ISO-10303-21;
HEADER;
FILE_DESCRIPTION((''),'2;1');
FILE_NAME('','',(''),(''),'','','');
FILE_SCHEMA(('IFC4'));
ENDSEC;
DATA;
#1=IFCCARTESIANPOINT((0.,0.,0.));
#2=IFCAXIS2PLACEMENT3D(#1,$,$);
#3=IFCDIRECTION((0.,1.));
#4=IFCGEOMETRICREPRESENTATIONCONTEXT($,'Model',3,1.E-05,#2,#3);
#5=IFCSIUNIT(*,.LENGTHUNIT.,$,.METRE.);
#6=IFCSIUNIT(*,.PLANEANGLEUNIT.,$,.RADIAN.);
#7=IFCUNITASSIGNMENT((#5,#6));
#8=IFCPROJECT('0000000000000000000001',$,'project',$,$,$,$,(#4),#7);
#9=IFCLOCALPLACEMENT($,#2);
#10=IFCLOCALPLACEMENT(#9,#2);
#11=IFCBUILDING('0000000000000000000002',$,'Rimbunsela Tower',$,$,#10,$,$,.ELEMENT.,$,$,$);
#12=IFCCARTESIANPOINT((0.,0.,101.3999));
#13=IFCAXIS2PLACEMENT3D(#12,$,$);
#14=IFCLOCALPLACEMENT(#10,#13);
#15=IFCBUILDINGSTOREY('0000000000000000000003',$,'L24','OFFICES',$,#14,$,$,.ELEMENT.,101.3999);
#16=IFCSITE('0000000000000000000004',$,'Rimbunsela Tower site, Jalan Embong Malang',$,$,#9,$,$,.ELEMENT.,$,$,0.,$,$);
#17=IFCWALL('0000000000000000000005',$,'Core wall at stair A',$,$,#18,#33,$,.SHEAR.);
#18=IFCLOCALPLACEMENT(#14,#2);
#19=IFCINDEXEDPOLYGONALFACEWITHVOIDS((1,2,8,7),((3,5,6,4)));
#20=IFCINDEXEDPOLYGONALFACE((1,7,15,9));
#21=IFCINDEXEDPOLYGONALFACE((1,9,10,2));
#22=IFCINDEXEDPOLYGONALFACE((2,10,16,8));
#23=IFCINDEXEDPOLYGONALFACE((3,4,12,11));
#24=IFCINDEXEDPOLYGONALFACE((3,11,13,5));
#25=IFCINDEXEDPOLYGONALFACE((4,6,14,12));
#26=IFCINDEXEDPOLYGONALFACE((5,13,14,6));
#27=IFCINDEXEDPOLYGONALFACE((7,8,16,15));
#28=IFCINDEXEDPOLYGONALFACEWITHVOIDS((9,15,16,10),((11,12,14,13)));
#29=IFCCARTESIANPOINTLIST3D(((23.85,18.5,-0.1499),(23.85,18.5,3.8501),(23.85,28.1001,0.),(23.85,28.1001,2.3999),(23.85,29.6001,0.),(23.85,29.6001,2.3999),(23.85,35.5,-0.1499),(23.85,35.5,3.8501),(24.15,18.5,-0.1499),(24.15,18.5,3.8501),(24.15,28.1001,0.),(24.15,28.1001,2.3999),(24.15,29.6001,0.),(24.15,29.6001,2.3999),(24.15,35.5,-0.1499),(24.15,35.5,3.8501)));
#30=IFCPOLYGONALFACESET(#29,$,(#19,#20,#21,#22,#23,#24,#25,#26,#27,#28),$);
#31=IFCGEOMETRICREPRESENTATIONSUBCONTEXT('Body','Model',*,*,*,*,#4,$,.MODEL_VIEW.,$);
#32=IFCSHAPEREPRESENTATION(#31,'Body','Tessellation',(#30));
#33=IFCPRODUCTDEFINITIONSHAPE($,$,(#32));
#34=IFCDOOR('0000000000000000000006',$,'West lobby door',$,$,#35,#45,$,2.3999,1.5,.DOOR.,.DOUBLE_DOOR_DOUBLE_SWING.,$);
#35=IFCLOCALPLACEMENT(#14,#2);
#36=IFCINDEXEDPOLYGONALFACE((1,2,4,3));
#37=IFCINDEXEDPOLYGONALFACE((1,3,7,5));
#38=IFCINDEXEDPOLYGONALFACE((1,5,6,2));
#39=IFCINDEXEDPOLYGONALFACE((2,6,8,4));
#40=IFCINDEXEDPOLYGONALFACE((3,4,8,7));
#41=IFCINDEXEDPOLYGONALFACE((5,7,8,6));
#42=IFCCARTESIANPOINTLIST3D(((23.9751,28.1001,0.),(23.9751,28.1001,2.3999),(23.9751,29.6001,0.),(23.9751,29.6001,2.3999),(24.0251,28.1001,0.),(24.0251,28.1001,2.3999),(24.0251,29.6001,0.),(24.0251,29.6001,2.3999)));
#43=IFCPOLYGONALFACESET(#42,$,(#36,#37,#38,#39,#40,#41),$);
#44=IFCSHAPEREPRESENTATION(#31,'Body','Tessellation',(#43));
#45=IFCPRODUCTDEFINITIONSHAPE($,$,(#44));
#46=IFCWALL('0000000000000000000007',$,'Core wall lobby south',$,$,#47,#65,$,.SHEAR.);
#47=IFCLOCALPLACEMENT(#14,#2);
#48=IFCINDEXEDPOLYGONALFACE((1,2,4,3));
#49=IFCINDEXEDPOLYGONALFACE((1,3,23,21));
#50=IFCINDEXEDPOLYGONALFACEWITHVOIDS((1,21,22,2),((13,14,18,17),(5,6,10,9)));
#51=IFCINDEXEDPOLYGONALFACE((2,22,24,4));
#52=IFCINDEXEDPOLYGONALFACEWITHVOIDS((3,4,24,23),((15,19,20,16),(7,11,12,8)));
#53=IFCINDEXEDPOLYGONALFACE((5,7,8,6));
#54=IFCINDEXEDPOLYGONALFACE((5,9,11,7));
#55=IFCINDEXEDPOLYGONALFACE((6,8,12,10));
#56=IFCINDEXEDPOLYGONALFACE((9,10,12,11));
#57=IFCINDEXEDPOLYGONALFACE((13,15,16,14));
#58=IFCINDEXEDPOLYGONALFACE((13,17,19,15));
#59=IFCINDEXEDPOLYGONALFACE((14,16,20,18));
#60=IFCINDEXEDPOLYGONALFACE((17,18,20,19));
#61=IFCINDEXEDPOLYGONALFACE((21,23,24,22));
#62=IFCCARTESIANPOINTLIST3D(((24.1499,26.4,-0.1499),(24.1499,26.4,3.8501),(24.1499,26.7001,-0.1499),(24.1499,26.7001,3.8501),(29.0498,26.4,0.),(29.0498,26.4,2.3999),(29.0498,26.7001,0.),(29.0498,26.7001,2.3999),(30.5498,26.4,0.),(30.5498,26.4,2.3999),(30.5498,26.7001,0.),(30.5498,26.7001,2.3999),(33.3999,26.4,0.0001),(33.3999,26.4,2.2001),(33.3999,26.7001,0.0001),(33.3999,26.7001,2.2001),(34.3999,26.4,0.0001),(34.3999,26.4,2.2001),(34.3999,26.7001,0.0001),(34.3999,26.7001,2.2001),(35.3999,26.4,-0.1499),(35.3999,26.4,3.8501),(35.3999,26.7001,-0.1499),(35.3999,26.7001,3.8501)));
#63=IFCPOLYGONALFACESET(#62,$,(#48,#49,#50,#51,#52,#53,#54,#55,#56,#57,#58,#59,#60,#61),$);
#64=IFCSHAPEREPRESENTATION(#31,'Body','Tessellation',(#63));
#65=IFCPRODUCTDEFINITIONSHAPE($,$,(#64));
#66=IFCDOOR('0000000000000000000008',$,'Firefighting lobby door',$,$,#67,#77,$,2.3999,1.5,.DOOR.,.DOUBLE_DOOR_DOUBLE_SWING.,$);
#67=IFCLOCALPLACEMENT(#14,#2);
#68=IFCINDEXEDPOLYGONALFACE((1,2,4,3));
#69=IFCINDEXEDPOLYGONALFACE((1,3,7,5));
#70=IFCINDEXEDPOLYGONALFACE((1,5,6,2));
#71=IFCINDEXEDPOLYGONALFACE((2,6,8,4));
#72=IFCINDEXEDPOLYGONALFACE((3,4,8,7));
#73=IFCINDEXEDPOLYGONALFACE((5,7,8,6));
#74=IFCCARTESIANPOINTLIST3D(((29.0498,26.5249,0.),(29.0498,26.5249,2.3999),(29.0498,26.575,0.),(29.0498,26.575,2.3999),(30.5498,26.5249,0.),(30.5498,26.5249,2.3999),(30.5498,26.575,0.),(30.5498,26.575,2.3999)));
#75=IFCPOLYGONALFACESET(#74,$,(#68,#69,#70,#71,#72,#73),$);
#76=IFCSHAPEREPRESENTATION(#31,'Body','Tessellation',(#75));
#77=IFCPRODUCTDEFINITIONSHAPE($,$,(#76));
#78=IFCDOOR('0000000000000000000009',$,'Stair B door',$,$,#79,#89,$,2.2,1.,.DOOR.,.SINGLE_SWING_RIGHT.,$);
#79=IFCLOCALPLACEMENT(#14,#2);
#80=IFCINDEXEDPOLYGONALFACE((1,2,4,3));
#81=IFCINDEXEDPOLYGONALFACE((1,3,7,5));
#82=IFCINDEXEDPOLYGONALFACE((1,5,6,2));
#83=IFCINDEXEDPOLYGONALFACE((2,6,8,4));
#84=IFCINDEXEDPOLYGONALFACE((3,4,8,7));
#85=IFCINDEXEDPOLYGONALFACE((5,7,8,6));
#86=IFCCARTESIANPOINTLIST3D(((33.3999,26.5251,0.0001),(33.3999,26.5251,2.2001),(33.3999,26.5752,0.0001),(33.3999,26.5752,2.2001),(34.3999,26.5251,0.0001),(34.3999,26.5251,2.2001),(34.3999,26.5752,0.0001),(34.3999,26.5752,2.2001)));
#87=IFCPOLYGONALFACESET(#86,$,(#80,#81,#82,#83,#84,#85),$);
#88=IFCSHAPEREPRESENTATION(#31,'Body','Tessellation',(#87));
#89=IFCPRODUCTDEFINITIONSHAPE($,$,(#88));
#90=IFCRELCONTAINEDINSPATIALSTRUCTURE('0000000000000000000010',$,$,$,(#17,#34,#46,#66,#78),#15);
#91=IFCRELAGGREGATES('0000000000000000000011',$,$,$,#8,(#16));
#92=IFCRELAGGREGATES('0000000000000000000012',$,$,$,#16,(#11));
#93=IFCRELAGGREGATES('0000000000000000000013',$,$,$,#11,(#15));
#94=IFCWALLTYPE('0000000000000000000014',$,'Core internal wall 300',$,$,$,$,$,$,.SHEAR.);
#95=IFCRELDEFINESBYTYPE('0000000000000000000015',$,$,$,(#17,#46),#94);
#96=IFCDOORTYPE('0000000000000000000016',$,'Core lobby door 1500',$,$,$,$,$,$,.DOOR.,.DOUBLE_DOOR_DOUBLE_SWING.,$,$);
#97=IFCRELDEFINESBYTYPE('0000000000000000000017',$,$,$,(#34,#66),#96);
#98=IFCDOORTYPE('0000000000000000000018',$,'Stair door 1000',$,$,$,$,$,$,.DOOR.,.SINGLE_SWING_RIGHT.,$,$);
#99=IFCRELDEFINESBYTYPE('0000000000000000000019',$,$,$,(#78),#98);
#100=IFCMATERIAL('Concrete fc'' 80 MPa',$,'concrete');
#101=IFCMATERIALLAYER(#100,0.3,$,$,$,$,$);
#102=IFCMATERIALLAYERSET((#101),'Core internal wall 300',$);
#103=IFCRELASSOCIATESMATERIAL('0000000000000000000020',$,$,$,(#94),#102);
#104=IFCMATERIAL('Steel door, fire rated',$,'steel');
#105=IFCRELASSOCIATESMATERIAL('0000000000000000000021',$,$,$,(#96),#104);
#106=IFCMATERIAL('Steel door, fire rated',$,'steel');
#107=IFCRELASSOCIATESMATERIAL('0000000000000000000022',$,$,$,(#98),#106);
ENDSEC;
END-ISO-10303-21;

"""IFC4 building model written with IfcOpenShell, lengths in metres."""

from ifc_helpers import new_model, si_unit, direction, frame, frame_2d, origin, place, context, subcontext, project, spatial, rectangle, extrude, material, layer, layer_set, type_object, element, fill, save


model = new_model("IFC4")

# Units and contexts
model_context = context("Model", 3, precision=1e-05, world=origin(), true_north=direction((0.0, 1.0)))
body_context = subcontext(model_context, "Body", "Model", "MODEL_VIEW")
ifc_project = project(units=[si_unit("LENGTHUNIT", "METRE"), si_unit("PLANEANGLEUNIT", "RADIAN")], contexts=[model_context])

# Site, building, storey
site_placement = place(None, origin())
site = spatial("IfcSite", under=ifc_project, at=site_placement, Name="Rimbunsela Tower site, Jalan Embong Malang", CompositionType="ELEMENT", RefElevation=0.0)
building_placement = place(site_placement, origin())
building = spatial("IfcBuilding", under=site, at=building_placement, Name="Rimbunsela Tower", CompositionType="ELEMENT")
storey_placement = place(building_placement, frame((0.0, 0.0, 101.3999)))
storey = spatial("IfcBuildingStorey", under=building, at=storey_placement, Name="L24", Description="OFFICES", CompositionType="ELEMENT", Elevation=101.3999)

# Wall, opening, door
ifc_material_1 = material(Name="Concrete fc' 80 MPa", Category="concrete")
ifc_layer_1 = layer(ifc_material_1, 0.3)
ifc_layer_set_1 = layer_set([ifc_layer_1], Name="Core internal wall 300")
wall_type_1 = type_object("IfcWallType", Name="Core internal wall 300", PredefinedType="SHEAR", material=ifc_layer_set_1)
wall_1_placement = place(storey_placement, frame((24.0, 18.5, -0.1499), z_axis=(0.0, 0.0, 1.0), x_axis=(0.0, 1.0, 0.0)))
wall_1 = element("IfcWall", 1, at=wall_1_placement, inside=storey, type_object=wall_type_1, Name="Core wall at stair A", PredefinedType="SHEAR", context=body_context, shape_type="SweptSolid", body=[
    extrude(rectangle(XDim=17.0, YDim=0.3, at=frame_2d((8.5, 0.0))), origin(), (0.0, 0.0, 1.0), 4.0),
])
opening_1_placement = place(wall_1_placement, frame((9.6001, 0.0, 0.1499)))
opening_1 = element("IfcOpeningElement", 2, at=opening_1_placement, cuts=wall_1, PredefinedType="OPENING", context=body_context, shape_type="SweptSolid", body=[
    extrude(rectangle(XDim=1.5, YDim=2.3999, at=frame_2d((0.75, 1.2))), frame((0.0, 0.1599, 0.0), z_axis=(0.0, -1.0, 0.0), x_axis=(1.0, 0.0, 0.0)), (0.0, 0.0, 1.0), 0.3201),
])
ifc_material_2 = material(Name="Steel door, fire rated", Category="steel")
door_type_1 = type_object("IfcDoorType", Name="Core lobby door 1500", OperationType="DOUBLE_DOOR_DOUBLE_SWING", PredefinedType="DOOR", material=ifc_material_2)
door_1_placement = place(opening_1_placement, origin())
door_1 = element("IfcDoor", 3, at=door_1_placement, inside=storey, type_object=door_type_1, Name="West lobby door", OperationType="DOUBLE_DOOR_DOUBLE_SWING", OverallHeight=2.3999, OverallWidth=1.5, PredefinedType="DOOR", context=body_context, shape_type="SweptSolid", body=[
    extrude(rectangle(XDim=1.5, YDim=2.3999, at=frame_2d((0.75, 1.2))), frame((0.0, 0.0249, 0.0), z_axis=(0.0, -1.0, 0.0), x_axis=(1.0, 0.0, 0.0)), (0.0, 0.0, 1.0), 0.05),
])
fill(opening_1, door_1)

# Wall, openings, doors
wall_2_placement = place(storey_placement, frame((24.1499, 26.55, -0.1499), z_axis=(0.0, 0.0, 1.0), x_axis=(1.0, 0.0, 0.0)))
wall_2 = element("IfcWall", 4, at=wall_2_placement, inside=storey, type_object=wall_type_1, Name="Core wall lobby south", PredefinedType="SHEAR", context=body_context, shape_type="SweptSolid", body=[
    extrude(rectangle(XDim=11.25, YDim=0.3, at=frame_2d((5.625, 0.0))), origin(), (0.0, 0.0, 1.0), 4.0),
])
opening_2_placement = place(wall_2_placement, frame((9.25, 0.0, 0.1499)))
opening_2 = element("IfcOpeningElement", 5, at=opening_2_placement, cuts=wall_2, PredefinedType="OPENING", context=body_context, shape_type="SweptSolid", body=[
    extrude(rectangle(XDim=1.0, YDim=2.2, at=frame_2d((0.5, 1.1001))), frame((0.0, 0.1599, 0.0), z_axis=(0.0, -1.0, 0.0), x_axis=(1.0, 0.0, 0.0)), (0.0, 0.0, 1.0), 0.3201),
])
opening_3_placement = place(wall_2_placement, frame((4.8999, 0.0, 0.1499)))
opening_3 = element("IfcOpeningElement", 6, at=opening_3_placement, cuts=wall_2, PredefinedType="OPENING", context=body_context, shape_type="SweptSolid", body=[
    extrude(rectangle(XDim=1.5, YDim=2.3999, at=frame_2d((0.75, 1.2))), frame((0.0, 0.1599, 0.0), z_axis=(0.0, -1.0, 0.0), x_axis=(1.0, 0.0, 0.0)), (0.0, 0.0, 1.0), 0.3201),
])
door_2_placement = place(opening_3_placement, origin())
door_2 = element("IfcDoor", 7, at=door_2_placement, inside=storey, type_object=door_type_1, Name="Firefighting lobby door", OperationType="DOUBLE_DOOR_DOUBLE_SWING", OverallHeight=2.3999, OverallWidth=1.5, PredefinedType="DOOR", context=body_context, shape_type="SweptSolid", body=[
    extrude(rectangle(XDim=1.5, YDim=2.3999, at=frame_2d((0.75, 1.2))), frame((0.0, 0.0249, 0.0), z_axis=(0.0, -1.0, 0.0), x_axis=(1.0, 0.0, 0.0)), (0.0, 0.0, 1.0), 0.05),
])
fill(opening_3, door_2)
ifc_material_3 = material(Name="Steel door, fire rated", Category="steel")
door_type_2 = type_object("IfcDoorType", Name="Stair door 1000", OperationType="SINGLE_SWING_RIGHT", PredefinedType="DOOR", material=ifc_material_3)
door_3_placement = place(opening_2_placement, frame((1.0, 0.0, 0.0), z_axis=(0.0, 0.0, 1.0), x_axis=(-1.0, 0.0, 0.0)))
door_3 = element("IfcDoor", 8, at=door_3_placement, inside=storey, type_object=door_type_2, Name="Stair B door", OperationType="SINGLE_SWING_RIGHT", OverallHeight=2.2, OverallWidth=1.0, PredefinedType="DOOR", context=body_context, shape_type="SweptSolid", body=[
    extrude(rectangle(XDim=1.0, YDim=2.2, at=frame_2d((0.5, 1.1001))), frame((0.0, 0.0249, 0.0), z_axis=(0.0, -1.0, 0.0), x_axis=(1.0, 0.0, 0.0)), (0.0, 0.0, 1.0), 0.05),
])
fill(opening_2, door_3)

save(model, "model.ifc")
